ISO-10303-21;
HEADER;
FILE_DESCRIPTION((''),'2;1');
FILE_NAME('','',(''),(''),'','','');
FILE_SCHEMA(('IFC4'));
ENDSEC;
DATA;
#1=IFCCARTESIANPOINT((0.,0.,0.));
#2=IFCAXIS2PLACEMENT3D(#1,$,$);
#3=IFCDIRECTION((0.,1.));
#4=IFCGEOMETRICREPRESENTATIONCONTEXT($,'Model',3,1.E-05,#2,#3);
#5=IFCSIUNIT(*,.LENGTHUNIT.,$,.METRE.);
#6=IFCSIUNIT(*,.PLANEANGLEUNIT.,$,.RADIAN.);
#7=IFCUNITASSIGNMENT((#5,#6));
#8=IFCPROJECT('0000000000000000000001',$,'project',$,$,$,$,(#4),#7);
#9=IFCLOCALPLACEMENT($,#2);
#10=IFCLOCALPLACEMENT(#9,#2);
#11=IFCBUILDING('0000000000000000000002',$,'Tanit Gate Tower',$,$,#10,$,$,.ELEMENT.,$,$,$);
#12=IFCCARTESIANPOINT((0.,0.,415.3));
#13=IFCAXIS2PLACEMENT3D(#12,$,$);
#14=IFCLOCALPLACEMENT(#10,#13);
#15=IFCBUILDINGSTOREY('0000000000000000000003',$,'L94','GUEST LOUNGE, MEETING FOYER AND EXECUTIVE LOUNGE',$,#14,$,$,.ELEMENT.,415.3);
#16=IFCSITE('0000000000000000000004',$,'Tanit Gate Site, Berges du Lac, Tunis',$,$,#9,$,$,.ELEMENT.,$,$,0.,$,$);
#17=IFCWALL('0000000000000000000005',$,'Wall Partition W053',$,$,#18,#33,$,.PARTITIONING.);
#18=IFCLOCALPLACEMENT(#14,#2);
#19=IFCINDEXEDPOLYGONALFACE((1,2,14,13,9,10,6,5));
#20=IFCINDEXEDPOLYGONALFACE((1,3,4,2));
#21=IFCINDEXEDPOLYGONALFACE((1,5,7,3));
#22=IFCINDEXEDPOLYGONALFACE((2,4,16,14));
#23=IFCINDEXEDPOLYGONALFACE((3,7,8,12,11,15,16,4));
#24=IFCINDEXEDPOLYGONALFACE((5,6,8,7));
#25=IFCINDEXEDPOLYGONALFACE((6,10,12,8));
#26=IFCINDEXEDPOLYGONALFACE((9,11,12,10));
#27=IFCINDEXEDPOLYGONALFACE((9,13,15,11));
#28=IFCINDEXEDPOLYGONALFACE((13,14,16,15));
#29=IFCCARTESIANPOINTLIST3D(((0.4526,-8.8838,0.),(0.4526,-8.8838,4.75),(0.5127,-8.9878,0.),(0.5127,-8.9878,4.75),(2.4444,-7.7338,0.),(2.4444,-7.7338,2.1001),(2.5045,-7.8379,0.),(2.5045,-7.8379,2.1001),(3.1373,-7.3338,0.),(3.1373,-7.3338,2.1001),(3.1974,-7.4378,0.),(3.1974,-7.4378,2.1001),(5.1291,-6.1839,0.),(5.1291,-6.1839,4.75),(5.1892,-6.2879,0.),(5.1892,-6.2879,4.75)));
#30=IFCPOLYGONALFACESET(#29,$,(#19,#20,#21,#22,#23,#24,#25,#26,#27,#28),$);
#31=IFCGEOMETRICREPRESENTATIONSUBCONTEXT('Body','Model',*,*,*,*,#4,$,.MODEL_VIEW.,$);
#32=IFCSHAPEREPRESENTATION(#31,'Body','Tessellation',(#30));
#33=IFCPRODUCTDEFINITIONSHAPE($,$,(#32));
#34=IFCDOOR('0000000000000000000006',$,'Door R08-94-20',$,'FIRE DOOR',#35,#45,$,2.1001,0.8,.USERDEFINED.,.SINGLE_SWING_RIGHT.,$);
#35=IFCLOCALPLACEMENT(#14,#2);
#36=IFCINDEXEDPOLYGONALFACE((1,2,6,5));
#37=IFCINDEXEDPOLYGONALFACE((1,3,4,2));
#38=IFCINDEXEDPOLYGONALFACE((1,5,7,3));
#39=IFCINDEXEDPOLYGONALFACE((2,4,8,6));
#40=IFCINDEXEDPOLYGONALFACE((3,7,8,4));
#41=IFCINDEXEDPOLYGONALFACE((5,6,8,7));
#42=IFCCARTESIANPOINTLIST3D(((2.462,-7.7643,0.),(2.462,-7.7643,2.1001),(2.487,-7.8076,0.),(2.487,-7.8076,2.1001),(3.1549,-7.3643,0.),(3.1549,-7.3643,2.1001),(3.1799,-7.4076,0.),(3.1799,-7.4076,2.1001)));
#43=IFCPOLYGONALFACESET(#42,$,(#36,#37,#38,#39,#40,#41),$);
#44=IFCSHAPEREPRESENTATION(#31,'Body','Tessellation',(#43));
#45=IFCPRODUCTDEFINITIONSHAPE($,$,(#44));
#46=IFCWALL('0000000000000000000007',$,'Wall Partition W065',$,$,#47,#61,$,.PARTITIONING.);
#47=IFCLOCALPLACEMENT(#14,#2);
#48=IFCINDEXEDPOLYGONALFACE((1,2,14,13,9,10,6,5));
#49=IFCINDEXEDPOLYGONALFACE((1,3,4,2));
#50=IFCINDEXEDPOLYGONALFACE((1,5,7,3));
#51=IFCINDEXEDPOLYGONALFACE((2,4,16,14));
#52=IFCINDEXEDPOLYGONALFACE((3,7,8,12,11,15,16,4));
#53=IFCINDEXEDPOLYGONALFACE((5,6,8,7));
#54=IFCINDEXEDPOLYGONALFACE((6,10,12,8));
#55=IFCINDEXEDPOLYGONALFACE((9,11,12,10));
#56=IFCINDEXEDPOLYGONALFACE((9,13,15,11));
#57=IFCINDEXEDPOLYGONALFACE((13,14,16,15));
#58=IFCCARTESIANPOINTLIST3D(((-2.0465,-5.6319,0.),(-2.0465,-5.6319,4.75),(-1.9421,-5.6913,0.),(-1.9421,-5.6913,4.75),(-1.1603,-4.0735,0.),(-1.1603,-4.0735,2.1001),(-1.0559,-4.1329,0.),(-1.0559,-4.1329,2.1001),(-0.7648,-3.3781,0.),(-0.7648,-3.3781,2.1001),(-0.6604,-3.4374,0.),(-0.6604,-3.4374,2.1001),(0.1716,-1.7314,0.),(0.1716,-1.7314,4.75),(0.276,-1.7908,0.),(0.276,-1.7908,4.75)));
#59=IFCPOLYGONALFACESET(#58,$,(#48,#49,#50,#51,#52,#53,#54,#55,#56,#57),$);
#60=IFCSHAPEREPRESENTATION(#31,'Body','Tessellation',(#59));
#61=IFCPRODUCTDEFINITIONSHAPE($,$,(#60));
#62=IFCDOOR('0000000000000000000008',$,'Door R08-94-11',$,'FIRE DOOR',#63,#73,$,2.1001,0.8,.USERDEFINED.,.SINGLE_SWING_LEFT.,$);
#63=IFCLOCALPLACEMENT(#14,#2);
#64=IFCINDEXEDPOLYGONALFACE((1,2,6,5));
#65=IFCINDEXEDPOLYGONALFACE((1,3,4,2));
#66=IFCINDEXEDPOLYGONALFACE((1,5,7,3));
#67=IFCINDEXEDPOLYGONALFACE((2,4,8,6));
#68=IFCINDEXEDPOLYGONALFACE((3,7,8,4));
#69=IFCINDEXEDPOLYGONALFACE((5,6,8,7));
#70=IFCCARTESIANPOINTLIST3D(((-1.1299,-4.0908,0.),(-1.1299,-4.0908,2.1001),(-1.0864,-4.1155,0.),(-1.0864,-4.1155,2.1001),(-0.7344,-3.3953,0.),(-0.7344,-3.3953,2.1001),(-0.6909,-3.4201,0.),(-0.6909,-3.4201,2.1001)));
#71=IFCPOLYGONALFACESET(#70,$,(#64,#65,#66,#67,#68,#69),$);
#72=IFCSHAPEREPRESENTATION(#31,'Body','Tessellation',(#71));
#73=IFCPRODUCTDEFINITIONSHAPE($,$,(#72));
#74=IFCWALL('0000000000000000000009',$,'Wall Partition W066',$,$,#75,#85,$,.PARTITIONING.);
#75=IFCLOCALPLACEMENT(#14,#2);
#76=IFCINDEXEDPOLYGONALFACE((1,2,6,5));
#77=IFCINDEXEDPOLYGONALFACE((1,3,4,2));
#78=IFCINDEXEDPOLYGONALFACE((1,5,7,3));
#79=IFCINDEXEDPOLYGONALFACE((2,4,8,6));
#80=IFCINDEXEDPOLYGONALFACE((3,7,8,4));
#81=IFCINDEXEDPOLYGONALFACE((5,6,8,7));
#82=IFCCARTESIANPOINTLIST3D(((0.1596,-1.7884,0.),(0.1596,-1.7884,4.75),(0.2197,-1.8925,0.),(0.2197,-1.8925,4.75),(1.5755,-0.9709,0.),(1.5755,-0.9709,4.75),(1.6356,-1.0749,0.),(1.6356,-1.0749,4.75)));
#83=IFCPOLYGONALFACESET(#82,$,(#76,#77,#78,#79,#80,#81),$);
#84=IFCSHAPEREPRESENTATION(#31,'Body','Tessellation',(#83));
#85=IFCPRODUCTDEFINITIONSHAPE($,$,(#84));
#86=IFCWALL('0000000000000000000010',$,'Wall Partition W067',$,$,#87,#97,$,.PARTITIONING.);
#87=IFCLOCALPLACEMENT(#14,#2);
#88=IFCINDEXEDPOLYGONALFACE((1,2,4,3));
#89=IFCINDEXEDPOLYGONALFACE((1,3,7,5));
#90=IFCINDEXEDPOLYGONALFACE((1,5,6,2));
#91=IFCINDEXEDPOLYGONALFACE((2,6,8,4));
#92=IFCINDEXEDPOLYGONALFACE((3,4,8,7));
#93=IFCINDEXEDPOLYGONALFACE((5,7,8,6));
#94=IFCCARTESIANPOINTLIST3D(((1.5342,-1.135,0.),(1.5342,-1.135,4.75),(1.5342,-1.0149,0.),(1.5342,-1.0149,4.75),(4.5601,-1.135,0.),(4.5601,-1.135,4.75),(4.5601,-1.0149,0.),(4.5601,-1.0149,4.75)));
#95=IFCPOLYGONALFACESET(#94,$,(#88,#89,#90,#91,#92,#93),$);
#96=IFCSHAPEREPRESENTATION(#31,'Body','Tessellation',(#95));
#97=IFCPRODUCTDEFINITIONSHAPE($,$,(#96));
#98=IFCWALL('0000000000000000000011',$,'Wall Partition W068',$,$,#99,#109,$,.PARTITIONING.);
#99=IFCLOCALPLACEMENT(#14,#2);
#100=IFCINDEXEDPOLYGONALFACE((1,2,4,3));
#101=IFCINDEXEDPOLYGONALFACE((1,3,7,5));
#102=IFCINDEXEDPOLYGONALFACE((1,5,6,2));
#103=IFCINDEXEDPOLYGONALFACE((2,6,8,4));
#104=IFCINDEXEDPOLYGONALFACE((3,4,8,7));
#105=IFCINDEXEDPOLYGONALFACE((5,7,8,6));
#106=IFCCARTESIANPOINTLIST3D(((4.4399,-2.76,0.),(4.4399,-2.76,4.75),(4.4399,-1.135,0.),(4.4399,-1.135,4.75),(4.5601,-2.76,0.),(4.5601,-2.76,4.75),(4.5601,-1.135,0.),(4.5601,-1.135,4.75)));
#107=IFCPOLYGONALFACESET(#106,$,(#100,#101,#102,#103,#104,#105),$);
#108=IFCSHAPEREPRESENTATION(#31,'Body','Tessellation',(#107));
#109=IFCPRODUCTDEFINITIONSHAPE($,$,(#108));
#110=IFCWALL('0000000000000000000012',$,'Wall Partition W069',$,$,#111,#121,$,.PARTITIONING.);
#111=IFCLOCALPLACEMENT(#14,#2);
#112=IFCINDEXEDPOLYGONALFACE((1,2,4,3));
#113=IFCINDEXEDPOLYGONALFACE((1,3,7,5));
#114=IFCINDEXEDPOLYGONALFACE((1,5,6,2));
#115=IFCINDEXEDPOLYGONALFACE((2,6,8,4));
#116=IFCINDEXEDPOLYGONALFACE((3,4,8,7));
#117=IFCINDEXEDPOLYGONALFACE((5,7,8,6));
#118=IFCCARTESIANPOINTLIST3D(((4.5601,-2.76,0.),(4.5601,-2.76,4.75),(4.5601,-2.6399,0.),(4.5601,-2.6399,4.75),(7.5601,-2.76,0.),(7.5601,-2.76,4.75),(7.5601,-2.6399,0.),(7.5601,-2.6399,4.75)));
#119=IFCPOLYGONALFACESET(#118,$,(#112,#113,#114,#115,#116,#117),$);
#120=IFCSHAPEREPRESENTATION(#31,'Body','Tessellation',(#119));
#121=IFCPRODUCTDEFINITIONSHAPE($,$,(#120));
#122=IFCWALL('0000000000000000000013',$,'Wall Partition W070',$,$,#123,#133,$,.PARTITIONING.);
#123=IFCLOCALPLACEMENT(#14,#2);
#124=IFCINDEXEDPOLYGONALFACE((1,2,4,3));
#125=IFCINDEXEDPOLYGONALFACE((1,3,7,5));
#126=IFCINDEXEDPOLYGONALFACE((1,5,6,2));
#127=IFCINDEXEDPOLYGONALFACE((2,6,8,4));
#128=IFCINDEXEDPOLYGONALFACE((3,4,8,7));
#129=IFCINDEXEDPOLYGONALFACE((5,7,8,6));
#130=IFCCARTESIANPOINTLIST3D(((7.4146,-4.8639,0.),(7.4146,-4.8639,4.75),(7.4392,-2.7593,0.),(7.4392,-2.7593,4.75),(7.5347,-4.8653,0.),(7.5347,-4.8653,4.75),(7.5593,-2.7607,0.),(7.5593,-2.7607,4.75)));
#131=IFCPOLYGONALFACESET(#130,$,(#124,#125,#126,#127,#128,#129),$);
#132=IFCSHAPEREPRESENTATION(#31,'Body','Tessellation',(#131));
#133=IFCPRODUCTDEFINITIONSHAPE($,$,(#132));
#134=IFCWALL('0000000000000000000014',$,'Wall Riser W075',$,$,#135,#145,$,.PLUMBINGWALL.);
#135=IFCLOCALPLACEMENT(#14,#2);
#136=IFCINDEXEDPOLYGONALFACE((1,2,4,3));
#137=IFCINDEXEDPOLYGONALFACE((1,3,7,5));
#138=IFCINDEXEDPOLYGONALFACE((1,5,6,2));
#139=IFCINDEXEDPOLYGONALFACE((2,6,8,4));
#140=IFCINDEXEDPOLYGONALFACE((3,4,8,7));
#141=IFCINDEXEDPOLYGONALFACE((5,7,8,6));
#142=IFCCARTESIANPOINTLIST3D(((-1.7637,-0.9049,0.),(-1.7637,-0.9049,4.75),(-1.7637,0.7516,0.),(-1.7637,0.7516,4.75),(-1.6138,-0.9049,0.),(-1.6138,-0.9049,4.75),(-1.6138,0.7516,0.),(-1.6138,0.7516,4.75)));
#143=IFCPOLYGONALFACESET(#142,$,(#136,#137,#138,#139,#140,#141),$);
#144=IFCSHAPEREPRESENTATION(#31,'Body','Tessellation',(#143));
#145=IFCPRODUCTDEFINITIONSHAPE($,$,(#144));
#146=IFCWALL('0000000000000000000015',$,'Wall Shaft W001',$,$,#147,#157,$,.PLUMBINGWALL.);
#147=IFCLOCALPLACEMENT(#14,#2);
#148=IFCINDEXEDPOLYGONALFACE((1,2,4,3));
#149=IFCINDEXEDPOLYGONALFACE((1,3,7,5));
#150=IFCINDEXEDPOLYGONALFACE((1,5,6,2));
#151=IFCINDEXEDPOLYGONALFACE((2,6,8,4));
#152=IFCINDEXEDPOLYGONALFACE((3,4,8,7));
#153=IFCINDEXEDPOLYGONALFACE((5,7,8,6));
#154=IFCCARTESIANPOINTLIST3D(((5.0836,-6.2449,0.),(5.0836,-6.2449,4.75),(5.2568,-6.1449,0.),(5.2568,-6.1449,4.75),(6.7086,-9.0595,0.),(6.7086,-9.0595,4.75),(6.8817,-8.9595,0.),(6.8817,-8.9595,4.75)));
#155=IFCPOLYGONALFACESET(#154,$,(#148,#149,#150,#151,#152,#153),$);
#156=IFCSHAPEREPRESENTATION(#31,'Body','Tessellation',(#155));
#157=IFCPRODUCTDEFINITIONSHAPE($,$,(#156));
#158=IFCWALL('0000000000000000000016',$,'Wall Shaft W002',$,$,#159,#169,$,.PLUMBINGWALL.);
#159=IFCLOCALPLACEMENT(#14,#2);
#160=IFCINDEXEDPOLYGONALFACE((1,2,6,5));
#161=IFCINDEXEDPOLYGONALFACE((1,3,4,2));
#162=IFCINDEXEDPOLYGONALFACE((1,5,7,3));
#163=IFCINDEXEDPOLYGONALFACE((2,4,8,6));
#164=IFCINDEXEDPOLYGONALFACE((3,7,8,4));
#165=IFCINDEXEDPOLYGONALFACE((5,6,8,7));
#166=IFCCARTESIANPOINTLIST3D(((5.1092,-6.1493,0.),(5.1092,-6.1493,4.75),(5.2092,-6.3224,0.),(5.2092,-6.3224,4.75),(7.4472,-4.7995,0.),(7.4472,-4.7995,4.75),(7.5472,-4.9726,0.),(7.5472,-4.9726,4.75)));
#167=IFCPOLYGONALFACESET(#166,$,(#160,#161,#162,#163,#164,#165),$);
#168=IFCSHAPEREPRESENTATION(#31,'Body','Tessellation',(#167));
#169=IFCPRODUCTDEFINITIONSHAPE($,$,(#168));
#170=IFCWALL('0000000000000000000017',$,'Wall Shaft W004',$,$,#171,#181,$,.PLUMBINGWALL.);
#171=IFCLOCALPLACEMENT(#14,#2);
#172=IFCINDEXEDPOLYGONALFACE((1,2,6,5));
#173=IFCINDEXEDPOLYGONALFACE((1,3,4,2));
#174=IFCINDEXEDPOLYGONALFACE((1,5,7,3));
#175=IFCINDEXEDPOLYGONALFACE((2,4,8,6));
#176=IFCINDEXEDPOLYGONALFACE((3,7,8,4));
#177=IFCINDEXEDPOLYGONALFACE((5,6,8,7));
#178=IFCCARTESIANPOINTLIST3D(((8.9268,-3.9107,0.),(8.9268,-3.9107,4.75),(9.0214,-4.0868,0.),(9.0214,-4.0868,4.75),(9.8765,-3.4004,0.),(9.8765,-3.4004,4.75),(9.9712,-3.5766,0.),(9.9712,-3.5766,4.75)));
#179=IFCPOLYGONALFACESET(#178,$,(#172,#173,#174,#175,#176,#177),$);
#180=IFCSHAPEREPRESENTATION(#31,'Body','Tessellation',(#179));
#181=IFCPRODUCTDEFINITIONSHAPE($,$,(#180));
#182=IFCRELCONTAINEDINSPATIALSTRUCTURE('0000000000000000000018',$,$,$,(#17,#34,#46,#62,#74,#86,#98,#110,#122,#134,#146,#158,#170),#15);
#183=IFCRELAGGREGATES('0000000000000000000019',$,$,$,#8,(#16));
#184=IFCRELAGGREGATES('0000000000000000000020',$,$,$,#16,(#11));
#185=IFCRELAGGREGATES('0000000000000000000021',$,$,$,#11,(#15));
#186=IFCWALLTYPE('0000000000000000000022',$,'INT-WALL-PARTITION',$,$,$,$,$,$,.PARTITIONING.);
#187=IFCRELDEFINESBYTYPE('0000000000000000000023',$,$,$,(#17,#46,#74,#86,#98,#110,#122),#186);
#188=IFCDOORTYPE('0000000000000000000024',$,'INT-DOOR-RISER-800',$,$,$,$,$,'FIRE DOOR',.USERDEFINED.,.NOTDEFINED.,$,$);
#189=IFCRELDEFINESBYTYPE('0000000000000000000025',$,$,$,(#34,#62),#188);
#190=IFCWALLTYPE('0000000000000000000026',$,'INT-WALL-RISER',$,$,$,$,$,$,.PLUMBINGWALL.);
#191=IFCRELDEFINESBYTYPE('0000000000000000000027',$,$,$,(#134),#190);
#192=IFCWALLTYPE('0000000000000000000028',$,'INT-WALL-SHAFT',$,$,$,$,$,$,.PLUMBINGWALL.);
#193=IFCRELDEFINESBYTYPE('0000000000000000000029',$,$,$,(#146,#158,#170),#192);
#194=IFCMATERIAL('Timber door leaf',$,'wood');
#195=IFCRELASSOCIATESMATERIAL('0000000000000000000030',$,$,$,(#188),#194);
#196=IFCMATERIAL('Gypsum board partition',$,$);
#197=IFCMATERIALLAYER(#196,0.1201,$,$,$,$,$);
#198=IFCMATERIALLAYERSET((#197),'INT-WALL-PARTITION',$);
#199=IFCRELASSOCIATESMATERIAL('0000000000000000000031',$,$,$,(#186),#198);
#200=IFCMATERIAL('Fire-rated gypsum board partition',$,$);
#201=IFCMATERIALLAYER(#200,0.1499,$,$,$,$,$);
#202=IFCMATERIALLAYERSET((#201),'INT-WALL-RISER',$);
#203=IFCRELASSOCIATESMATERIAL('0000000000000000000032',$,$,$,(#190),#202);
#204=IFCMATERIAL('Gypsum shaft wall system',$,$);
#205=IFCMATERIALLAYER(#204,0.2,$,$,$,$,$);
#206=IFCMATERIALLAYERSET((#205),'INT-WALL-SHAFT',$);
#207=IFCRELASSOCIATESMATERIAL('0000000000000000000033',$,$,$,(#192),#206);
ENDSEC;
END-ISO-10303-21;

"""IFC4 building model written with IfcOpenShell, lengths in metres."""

from ifc_helpers import new_model, si_unit, direction, frame, frame_2d, origin, place, context, subcontext, project, spatial, rectangle, extrude, material, layer, layer_set, type_object, element, fill, save


model = new_model("IFC4")

# Units and contexts
model_context = context("Model", 3, precision=1e-05, world=origin(), true_north=direction((0.0, 1.0)))
body_context = subcontext(model_context, "Body", "Model", "MODEL_VIEW")
ifc_project = project(units=[si_unit("LENGTHUNIT", "METRE"), si_unit("PLANEANGLEUNIT", "RADIAN")], contexts=[model_context])

# Site, building, storey
site_placement = place(None, origin())
site = spatial("IfcSite", under=ifc_project, at=site_placement, Name="Tanit Gate Site, Berges du Lac, Tunis", CompositionType="ELEMENT", RefElevation=0.0)
building_placement = place(site_placement, origin())
building = spatial("IfcBuilding", under=site, at=building_placement, Name="Tanit Gate Tower", CompositionType="ELEMENT")
storey_placement = place(building_placement, frame((0.0, 0.0, 415.3)))
storey = spatial("IfcBuildingStorey", under=building, at=storey_placement, Name="L94", Description="GUEST LOUNGE, MEETING FOYER AND EXECUTIVE LOUNGE", CompositionType="ELEMENT", Elevation=415.3)

# Shared definitions
ifc_material_1 = material(Name="Timber door leaf", Category="wood")
door_type_1 = type_object("IfcDoorType", Name="INT-DOOR-RISER-800", ElementType="FIRE DOOR", OperationType="NOTDEFINED", PredefinedType="USERDEFINED", material=ifc_material_1)

# Shared definitions
ifc_material_2 = material(Name="Gypsum board partition")
ifc_layer_1 = layer(ifc_material_2, 0.1201)
ifc_layer_set_1 = layer_set([ifc_layer_1], Name="INT-WALL-PARTITION")
wall_type_1 = type_object("IfcWallType", Name="INT-WALL-PARTITION", PredefinedType="PARTITIONING", material=ifc_layer_set_1)

# Walls, openings, doors
wall_1_placement = place(storey_placement, frame((0.4827, -8.9358, 0.0), z_axis=(0.0, 0.0, 1.0), x_axis=(0.866028, 0.499995, 0.0)))
wall_1 = element("IfcWall", 1, at=wall_1_placement, inside=storey, type_object=wall_type_1, Name="Wall Partition W053", PredefinedType="PARTITIONING", context=body_context, shape_type="SweptSolid", body=[
    extrude(rectangle(XDim=5.3999, YDim=0.1201, at=frame_2d((2.7, 0.0))), origin(), (0.0, 0.0, 1.0), 4.75),
])
opening_1_placement = place(wall_1_placement, frame((2.3, 0.0, 0.0)))
opening_1 = element("IfcOpeningElement", 2, at=opening_1_placement, cuts=wall_1, PredefinedType="OPENING", context=body_context, shape_type="SweptSolid", body=[
    extrude(rectangle(XDim=0.8, YDim=2.1001, at=frame_2d((0.3999, 1.05))), frame((0.0, 0.0701, 0.0), z_axis=(0.0, -1.0, 0.0), x_axis=(1.0, 0.0, 0.0)), (0.0, 0.0, 1.0), 0.1401),
])
door_1_placement = place(opening_1_placement, origin())
door_1 = element("IfcDoor", 3, at=door_1_placement, inside=storey, type_object=door_type_1, Name="Door R08-94-20", ObjectType="FIRE DOOR", OperationType="SINGLE_SWING_RIGHT", OverallHeight=2.1001, OverallWidth=0.8, PredefinedType="USERDEFINED", context=body_context, shape_type="SweptSolid", body=[
    extrude(rectangle(XDim=0.8, YDim=2.1001, at=frame_2d((0.3999, 1.05))), frame((0.0, 0.0249, 0.0), z_axis=(0.0, -1.0, 0.0), x_axis=(1.0, 0.0, 0.0)), (0.0, 0.0, 1.0), 0.05),
])
fill(opening_1, door_1)
wall_2_placement = place(storey_placement, frame((0.2239, -1.761, 0.0), z_axis=(0.0, 0.0, 1.0), x_axis=(-0.494327, -0.869276, 0.0)))
wall_2 = element("IfcWall", 4, at=wall_2_placement, inside=storey, type_object=wall_type_1, Name="Wall Partition W065", PredefinedType="PARTITIONING", context=body_context, shape_type="SweptSolid", body=[
    extrude(rectangle(XDim=4.4871, YDim=0.1201, at=frame_2d((2.2437, 0.0))), origin(), (0.0, 0.0, 1.0), 4.75),
])
opening_2_placement = place(wall_2_placement, frame((1.8945, 0.0, 0.0)))
opening_2 = element("IfcOpeningElement", 5, at=opening_2_placement, cuts=wall_2, PredefinedType="OPENING", context=body_context, shape_type="SweptSolid", body=[
    extrude(rectangle(XDim=0.8, YDim=2.1001, at=frame_2d((0.3999, 1.05))), frame((0.0, 0.0701, 0.0), z_axis=(0.0, -1.0, 0.0), x_axis=(1.0, 0.0, 0.0)), (0.0, 0.0, 1.0), 0.1401),
])
door_2_placement = place(opening_2_placement, origin())
door_2 = element("IfcDoor", 6, at=door_2_placement, inside=storey, type_object=door_type_1, Name="Door R08-94-11", ObjectType="FIRE DOOR", OperationType="SINGLE_SWING_LEFT", OverallHeight=2.1001, OverallWidth=0.8, PredefinedType="USERDEFINED", context=body_context, shape_type="SweptSolid", body=[
    extrude(rectangle(XDim=0.8, YDim=2.1001, at=frame_2d((0.3999, 1.05))), frame((0.0, 0.0249, 0.0), z_axis=(0.0, -1.0, 0.0), x_axis=(1.0, 0.0, 0.0)), (0.0, 0.0, 1.0), 0.05),
])
fill(opening_2, door_2)

# Walls
wall_3_placement = place(storey_placement, frame((1.6055, -1.0229, 0.0), z_axis=(0.0, 0.0, 1.0), x_axis=(-0.866002, -0.500041, 0.0)))
element("IfcWall", 7, at=wall_3_placement, inside=storey, type_object=wall_type_1, Name="Wall Partition W066", PredefinedType="PARTITIONING", context=body_context, shape_type="SweptSolid", body=[
    extrude(rectangle(XDim=1.635, YDim=0.1201, at=frame_2d((0.8174, 0.0))), origin(), (0.0, 0.0, 1.0), 4.75),
])
wall_4_placement = place(storey_placement, frame((4.5601, -1.075, 0.0), z_axis=(0.0, 0.0, 1.0), x_axis=(-1.0, 0.0, 0.0)))
element("IfcWall", 8, at=wall_4_placement, inside=storey, type_object=wall_type_1, Name="Wall Partition W067", PredefinedType="PARTITIONING", context=body_context, shape_type="SweptSolid", body=[
    extrude(rectangle(XDim=3.0259, YDim=0.1201, at=frame_2d((1.5129, 0.0))), origin(), (0.0, 0.0, 1.0), 4.75),
])
wall_5_placement = place(storey_placement, frame((4.5, -2.76, 0.0), z_axis=(0.0, 0.0, 1.0), x_axis=(0.0, 1.0, 0.0)))
element("IfcWall", 9, at=wall_5_placement, inside=storey, type_object=wall_type_1, Name="Wall Partition W068", PredefinedType="PARTITIONING", context=body_context, shape_type="SweptSolid", body=[
    extrude(rectangle(XDim=1.625, YDim=0.1201, at=frame_2d((0.8125, 0.0))), origin(), (0.0, 0.0, 1.0), 4.75),
])
wall_6_placement = place(storey_placement, frame((7.5601, -2.7, 0.0), z_axis=(0.0, 0.0, 1.0), x_axis=(-1.0, 0.0, 0.0)))
element("IfcWall", 10, at=wall_6_placement, inside=storey, type_object=wall_type_1, Name="Wall Partition W069", PredefinedType="PARTITIONING", context=body_context, shape_type="SweptSolid", body=[
    extrude(rectangle(XDim=3.0, YDim=0.1201, at=frame_2d((1.5, 0.0))), origin(), (0.0, 0.0, 1.0), 4.75),
])
wall_7_placement = place(storey_placement, frame((7.4746, -4.8645, 0.0), z_axis=(0.0, 0.0, 1.0), x_axis=(0.011716, 0.999931, 0.0)))
element("IfcWall", 11, at=wall_7_placement, inside=storey, type_object=wall_type_1, Name="Wall Partition W070", PredefinedType="PARTITIONING", context=body_context, shape_type="SweptSolid", body=[
    extrude(rectangle(XDim=2.1047, YDim=0.1201, at=frame_2d((1.0522, 0.0))), origin(), (0.0, 0.0, 1.0), 4.75),
])
ifc_material_3 = material(Name="Fire-rated gypsum board partition")
ifc_layer_2 = layer(ifc_material_3, 0.1499)
ifc_layer_set_2 = layer_set([ifc_layer_2], Name="INT-WALL-RISER")
wall_type_2 = type_object("IfcWallType", Name="INT-WALL-RISER", PredefinedType="PLUMBINGWALL", material=ifc_layer_set_2)
wall_8_placement = place(storey_placement, frame((-1.6887, -0.9048, 0.0), z_axis=(0.0, 0.0, 1.0), x_axis=(0.0, 1.0, 0.0)))
element("IfcWall", 12, at=wall_8_placement, inside=storey, type_object=wall_type_2, Name="Wall Riser W075", PredefinedType="PLUMBINGWALL", context=body_context, shape_type="SweptSolid", body=[
    extrude(rectangle(XDim=1.6565, YDim=0.1499, at=frame_2d((0.8281, 0.0))), origin(), (0.0, 0.0, 1.0), 4.75),
])
ifc_material_4 = material(Name="Gypsum shaft wall system")
ifc_layer_3 = layer(ifc_material_4, 0.2)
ifc_layer_set_3 = layer_set([ifc_layer_3], Name="INT-WALL-SHAFT")
wall_type_3 = type_object("IfcWallType", Name="INT-WALL-SHAFT", PredefinedType="PLUMBINGWALL", material=ifc_layer_set_3)
wall_9_placement = place(storey_placement, frame((6.7952, -9.0095, 0.0), z_axis=(0.0, 0.0, 1.0), x_axis=(-0.499985, 0.866034, 0.0)))
element("IfcWall", 13, at=wall_9_placement, inside=storey, type_object=wall_type_3, Name="Wall Shaft W001", PredefinedType="PLUMBINGWALL", context=body_context, shape_type="SweptSolid", body=[
    extrude(rectangle(XDim=3.25, YDim=0.2, at=frame_2d((1.625, 0.0))), origin(), (0.0, 0.0, 1.0), 4.75),
])
wall_10_placement = place(storey_placement, frame((5.1592, -6.2358, 0.0), z_axis=(0.0, 0.0, 1.0), x_axis=(0.866037, 0.499981, 0.0)))
element("IfcWall", 14, at=wall_10_placement, inside=storey, type_object=wall_type_3, Name="Wall Shaft W002", PredefinedType="PLUMBINGWALL", context=body_context, shape_type="SweptSolid", body=[
    extrude(rectangle(XDim=2.6997, YDim=0.2, at=frame_2d((1.3499, 0.0))), origin(), (0.0, 0.0, 1.0), 4.75),
])
wall_11_placement = place(storey_placement, frame((8.9741, -3.9988, 0.0), z_axis=(0.0, 0.0, 1.0), x_axis=(0.880907, 0.473289, 0.0)))
element("IfcWall", 15, at=wall_11_placement, inside=storey, type_object=wall_type_3, Name="Wall Shaft W004", PredefinedType="PLUMBINGWALL", context=body_context, shape_type="SweptSolid", body=[
    extrude(rectangle(XDim=1.0781, YDim=0.2, at=frame_2d((0.5391, 0.0))), origin(), (0.0, 0.0, 1.0), 4.75),
])

save(model, "model.ifc")
